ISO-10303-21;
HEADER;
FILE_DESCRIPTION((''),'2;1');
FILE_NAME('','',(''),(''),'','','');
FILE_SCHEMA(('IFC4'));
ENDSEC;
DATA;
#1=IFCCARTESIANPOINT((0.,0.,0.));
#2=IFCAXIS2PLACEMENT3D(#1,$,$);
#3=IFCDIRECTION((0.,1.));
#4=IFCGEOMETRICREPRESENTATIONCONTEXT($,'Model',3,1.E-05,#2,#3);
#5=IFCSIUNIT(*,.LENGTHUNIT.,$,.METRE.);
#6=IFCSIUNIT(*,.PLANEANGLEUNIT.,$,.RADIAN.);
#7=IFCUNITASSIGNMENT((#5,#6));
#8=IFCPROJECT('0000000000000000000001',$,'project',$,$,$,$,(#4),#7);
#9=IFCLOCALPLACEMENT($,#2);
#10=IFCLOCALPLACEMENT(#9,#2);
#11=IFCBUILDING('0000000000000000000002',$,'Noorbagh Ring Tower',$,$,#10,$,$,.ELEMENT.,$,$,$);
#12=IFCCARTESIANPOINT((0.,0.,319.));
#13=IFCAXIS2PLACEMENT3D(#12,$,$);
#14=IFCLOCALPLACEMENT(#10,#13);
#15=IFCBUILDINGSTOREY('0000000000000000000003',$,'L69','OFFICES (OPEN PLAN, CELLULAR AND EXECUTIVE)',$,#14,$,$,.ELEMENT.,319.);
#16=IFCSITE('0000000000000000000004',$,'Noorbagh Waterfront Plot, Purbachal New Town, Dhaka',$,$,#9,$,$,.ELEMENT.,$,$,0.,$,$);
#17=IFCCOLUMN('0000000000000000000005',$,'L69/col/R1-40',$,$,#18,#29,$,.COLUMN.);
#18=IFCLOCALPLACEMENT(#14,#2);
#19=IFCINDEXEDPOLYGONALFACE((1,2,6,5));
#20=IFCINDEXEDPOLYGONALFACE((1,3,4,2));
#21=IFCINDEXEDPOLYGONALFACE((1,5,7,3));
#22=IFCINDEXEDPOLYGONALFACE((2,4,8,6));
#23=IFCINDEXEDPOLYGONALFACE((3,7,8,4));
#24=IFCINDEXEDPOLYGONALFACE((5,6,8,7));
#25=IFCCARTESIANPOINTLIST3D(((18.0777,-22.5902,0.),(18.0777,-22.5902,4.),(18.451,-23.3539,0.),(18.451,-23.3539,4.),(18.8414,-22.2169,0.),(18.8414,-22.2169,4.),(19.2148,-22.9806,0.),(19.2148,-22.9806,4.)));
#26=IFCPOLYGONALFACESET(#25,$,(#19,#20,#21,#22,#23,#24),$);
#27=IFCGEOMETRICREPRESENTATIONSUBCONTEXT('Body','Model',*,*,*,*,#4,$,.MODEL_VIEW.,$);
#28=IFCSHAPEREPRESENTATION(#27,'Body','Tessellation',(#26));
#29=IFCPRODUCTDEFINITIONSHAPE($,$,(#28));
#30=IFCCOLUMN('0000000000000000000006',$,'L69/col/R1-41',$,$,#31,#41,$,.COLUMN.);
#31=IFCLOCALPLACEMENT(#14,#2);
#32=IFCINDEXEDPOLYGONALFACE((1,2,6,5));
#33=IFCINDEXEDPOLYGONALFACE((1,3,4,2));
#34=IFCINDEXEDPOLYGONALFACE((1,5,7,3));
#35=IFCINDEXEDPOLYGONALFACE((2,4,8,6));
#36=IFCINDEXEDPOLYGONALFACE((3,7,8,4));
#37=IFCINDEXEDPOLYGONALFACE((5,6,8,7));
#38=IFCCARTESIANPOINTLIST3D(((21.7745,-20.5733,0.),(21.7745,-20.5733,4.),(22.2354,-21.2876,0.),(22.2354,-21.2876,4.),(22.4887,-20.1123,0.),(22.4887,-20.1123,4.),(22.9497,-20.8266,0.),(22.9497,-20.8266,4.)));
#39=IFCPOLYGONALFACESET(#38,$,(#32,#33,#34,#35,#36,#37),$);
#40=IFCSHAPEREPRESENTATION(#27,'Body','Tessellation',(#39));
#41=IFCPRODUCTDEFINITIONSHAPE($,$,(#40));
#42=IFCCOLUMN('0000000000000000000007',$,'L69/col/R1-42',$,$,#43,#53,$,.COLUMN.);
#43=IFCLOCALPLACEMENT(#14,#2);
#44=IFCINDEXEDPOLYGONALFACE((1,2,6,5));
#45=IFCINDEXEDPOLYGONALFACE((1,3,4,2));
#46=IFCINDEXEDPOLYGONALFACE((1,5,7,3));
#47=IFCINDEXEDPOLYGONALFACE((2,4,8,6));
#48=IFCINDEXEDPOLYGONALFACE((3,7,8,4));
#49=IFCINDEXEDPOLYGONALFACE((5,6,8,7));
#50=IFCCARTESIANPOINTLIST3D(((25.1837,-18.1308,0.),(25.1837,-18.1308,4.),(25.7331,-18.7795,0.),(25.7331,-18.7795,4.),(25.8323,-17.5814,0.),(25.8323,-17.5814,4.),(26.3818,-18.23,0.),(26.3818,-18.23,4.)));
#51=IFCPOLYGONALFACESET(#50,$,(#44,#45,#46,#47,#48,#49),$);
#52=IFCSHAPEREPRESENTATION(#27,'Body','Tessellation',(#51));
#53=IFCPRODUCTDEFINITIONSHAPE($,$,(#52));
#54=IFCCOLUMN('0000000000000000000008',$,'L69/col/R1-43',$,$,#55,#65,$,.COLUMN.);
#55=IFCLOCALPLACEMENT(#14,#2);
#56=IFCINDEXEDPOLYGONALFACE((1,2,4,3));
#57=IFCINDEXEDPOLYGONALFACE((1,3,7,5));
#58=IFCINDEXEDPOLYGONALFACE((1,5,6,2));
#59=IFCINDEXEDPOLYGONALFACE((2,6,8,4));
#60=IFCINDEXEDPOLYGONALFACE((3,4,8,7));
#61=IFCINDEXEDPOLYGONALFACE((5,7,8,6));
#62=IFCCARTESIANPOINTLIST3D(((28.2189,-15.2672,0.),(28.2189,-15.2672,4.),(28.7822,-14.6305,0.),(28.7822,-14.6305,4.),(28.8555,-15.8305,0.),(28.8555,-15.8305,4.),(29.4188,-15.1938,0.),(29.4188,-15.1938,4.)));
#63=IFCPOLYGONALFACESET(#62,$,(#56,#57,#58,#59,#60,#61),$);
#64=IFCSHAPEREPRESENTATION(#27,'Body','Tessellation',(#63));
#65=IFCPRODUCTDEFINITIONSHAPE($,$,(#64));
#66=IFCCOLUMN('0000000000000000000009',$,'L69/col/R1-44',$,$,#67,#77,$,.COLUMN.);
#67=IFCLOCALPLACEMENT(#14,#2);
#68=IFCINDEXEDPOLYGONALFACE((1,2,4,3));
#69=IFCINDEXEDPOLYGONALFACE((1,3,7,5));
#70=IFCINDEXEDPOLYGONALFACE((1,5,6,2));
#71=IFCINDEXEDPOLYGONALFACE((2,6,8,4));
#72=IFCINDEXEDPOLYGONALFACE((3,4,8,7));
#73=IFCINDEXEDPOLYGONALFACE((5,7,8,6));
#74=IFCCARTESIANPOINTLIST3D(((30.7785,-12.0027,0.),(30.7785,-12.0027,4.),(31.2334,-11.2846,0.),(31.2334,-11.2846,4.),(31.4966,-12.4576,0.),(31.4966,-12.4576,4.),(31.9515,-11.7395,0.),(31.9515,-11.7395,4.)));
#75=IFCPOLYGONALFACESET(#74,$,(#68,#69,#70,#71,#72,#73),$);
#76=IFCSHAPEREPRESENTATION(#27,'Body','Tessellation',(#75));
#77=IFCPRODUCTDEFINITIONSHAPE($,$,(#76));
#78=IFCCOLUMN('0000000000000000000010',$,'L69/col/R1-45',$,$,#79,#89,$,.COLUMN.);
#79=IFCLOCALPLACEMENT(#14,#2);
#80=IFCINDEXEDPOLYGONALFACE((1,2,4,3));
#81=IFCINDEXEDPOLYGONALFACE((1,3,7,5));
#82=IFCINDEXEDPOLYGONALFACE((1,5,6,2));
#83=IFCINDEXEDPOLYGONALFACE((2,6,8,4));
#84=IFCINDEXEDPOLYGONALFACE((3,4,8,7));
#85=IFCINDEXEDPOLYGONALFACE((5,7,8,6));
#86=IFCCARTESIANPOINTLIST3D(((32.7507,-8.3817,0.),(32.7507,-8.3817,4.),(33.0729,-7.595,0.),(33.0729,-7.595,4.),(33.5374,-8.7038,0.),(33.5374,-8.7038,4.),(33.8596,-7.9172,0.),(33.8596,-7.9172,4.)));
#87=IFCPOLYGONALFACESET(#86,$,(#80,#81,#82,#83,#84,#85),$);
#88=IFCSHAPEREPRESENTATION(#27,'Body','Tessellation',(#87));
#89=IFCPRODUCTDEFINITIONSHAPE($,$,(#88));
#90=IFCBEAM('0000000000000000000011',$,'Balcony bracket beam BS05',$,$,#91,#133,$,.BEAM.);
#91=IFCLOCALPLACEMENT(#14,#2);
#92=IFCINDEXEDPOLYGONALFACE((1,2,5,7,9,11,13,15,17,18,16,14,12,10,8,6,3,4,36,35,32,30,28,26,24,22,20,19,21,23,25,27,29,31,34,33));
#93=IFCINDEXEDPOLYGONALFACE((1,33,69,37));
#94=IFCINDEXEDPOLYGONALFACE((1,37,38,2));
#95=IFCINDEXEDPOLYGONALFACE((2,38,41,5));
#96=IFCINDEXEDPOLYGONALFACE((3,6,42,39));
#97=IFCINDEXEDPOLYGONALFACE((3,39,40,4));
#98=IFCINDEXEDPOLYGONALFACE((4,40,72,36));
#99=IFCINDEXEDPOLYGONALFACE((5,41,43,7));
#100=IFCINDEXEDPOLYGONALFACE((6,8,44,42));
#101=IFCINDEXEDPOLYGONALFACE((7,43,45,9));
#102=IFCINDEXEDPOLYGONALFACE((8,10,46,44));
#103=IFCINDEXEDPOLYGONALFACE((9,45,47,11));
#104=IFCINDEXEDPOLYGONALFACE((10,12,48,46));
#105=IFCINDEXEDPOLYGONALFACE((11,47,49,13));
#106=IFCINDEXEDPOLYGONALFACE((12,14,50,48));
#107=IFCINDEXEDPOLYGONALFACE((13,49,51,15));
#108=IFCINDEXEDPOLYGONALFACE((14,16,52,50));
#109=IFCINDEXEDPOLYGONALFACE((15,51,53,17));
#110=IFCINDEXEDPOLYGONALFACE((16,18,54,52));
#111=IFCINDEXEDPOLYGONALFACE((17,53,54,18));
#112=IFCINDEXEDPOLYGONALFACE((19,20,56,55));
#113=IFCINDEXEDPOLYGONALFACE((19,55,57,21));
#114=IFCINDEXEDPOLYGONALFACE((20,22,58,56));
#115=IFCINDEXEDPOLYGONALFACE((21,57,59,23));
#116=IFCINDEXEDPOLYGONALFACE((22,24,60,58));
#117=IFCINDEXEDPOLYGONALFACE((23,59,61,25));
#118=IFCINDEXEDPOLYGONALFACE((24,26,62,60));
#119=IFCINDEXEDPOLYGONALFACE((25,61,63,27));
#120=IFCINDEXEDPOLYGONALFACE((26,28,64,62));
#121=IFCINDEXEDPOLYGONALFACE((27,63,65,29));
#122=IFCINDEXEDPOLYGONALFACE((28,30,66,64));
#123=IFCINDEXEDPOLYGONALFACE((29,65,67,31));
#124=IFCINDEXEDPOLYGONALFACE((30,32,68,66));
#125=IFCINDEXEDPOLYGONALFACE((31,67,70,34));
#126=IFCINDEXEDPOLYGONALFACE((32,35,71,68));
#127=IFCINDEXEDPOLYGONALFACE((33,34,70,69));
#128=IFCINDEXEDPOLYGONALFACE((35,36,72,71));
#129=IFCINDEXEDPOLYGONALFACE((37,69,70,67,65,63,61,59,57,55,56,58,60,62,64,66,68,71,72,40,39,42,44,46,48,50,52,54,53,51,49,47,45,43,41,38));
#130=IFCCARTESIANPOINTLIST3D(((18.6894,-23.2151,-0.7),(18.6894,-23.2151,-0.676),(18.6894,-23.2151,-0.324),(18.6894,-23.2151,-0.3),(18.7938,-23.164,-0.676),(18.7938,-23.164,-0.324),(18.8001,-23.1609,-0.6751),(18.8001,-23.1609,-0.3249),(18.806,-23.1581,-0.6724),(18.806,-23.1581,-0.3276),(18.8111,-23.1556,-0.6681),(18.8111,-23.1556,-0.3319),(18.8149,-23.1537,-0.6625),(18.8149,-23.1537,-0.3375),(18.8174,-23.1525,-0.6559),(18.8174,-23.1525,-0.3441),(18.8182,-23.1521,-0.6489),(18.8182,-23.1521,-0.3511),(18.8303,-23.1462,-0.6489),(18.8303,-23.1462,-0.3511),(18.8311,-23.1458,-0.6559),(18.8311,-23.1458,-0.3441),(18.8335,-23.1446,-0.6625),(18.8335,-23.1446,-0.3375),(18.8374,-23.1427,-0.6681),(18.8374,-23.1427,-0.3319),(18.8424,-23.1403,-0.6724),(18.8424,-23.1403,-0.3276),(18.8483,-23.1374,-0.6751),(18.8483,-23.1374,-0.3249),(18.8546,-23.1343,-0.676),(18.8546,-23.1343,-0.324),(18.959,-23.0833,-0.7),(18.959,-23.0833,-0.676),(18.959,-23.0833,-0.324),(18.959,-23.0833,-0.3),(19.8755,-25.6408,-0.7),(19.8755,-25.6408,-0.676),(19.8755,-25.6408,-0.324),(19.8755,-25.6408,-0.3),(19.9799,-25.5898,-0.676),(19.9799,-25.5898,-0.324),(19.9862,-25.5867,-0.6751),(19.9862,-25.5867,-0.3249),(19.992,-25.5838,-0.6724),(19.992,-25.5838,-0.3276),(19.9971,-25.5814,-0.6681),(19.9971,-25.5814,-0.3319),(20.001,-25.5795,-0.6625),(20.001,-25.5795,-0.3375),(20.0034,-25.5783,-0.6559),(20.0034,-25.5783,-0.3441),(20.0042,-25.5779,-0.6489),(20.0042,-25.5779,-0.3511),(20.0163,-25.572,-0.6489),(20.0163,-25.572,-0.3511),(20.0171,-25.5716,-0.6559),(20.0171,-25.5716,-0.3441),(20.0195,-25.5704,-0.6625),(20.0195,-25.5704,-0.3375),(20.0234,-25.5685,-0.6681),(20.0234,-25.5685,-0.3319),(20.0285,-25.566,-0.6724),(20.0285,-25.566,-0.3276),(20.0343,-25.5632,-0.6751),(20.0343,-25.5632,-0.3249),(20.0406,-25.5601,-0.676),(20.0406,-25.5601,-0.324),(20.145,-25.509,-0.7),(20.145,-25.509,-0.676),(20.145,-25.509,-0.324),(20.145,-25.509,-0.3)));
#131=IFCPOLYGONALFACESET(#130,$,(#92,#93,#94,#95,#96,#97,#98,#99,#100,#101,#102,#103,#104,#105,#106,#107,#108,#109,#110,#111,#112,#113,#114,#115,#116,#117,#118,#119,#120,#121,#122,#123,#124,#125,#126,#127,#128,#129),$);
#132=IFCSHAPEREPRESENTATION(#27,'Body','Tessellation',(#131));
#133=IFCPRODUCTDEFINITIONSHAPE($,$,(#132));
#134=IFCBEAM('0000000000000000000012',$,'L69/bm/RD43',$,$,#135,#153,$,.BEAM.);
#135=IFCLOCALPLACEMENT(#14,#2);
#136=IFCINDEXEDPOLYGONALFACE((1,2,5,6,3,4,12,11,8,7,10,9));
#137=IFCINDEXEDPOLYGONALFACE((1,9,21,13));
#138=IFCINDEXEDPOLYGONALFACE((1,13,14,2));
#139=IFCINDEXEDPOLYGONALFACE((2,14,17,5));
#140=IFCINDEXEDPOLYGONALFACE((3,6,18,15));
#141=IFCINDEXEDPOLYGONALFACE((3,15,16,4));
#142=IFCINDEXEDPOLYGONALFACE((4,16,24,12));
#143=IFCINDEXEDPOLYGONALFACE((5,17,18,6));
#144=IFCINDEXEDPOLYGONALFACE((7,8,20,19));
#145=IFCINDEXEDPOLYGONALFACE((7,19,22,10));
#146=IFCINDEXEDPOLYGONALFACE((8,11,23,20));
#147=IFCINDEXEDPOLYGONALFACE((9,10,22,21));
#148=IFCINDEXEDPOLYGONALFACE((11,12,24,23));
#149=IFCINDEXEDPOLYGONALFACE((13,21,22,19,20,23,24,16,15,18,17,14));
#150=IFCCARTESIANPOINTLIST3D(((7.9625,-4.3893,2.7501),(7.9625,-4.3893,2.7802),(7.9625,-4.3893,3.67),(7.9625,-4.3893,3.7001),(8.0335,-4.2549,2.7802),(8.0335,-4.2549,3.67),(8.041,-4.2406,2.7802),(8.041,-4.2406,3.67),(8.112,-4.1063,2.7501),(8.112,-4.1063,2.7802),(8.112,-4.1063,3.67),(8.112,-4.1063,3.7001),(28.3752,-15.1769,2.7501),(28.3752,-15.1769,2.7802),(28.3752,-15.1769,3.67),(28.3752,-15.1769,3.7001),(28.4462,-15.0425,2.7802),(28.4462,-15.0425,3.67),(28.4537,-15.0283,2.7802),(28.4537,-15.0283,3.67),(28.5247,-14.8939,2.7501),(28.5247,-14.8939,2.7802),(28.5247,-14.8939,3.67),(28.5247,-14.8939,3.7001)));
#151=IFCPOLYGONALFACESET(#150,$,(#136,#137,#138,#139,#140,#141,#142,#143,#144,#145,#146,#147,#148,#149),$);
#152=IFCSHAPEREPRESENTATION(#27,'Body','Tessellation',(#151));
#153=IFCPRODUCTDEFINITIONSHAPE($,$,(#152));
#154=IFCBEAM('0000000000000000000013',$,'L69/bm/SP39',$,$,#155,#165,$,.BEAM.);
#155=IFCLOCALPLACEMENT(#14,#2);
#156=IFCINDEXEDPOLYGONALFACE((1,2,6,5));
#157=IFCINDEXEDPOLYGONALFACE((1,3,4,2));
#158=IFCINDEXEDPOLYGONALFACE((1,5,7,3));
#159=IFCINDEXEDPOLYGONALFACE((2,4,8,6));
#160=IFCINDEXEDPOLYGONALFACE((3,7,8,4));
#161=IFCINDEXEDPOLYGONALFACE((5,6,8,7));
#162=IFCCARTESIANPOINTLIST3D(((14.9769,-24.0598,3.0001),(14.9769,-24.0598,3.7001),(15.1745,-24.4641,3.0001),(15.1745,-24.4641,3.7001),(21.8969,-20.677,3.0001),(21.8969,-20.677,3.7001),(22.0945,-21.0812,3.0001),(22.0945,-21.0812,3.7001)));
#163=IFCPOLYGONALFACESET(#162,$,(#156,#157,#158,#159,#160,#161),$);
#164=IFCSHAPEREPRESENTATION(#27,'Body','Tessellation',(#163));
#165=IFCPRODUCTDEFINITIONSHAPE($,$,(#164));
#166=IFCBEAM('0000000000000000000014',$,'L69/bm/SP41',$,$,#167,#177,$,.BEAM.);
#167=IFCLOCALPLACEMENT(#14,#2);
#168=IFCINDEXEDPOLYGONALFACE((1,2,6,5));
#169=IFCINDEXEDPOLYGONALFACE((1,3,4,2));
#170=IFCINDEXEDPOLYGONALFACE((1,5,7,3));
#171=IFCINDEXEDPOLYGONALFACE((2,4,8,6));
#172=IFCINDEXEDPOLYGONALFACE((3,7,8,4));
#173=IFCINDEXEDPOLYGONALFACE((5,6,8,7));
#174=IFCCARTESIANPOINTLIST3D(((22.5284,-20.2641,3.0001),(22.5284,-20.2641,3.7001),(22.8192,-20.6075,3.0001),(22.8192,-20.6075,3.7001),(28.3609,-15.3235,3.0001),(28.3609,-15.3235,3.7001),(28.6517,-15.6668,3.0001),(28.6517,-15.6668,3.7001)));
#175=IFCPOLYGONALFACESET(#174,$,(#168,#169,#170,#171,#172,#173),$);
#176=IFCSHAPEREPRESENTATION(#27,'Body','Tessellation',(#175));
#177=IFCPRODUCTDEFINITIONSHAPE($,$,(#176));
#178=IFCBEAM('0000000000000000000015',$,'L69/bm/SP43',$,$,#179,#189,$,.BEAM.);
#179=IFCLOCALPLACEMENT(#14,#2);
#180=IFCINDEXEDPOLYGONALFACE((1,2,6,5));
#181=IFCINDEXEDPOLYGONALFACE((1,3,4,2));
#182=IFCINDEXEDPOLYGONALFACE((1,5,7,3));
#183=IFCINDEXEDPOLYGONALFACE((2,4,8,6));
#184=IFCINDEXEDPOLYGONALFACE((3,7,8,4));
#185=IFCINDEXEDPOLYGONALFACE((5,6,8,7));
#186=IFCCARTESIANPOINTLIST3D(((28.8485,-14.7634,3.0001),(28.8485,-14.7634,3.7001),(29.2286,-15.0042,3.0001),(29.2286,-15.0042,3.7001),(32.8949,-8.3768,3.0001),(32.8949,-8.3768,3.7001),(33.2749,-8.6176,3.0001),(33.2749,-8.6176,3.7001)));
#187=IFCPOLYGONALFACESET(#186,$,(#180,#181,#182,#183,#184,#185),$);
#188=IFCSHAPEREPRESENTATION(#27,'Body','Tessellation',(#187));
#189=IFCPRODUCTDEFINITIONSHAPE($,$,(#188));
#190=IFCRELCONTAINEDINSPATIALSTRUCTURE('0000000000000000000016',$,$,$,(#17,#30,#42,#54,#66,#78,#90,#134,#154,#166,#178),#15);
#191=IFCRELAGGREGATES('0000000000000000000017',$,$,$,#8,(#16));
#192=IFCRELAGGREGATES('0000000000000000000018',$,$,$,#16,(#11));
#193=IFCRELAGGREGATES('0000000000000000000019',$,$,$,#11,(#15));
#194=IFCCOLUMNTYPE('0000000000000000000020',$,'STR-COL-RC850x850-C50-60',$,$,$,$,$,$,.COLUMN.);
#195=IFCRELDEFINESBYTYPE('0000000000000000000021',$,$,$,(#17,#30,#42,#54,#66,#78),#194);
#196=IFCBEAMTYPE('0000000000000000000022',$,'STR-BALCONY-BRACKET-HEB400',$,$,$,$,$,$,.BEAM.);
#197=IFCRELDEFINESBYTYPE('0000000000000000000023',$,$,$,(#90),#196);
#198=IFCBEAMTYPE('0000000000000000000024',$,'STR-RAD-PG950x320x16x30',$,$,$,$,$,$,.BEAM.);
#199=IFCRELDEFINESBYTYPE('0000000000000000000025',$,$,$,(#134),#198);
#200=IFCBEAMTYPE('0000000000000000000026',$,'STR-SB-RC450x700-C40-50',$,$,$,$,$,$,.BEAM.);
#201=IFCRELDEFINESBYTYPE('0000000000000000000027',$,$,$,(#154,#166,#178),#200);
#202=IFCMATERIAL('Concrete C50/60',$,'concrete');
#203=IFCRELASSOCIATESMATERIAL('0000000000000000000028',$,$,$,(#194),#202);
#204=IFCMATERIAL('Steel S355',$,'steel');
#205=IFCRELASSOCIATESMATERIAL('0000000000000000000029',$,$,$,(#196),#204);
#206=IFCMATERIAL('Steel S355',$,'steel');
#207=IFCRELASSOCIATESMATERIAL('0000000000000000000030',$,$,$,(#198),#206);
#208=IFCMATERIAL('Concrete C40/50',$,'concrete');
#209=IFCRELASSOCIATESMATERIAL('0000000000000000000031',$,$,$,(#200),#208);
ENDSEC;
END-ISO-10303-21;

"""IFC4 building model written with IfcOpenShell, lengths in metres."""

from ifc_helpers import new_model, si_unit, direction, frame, origin, origin_2d, place, context, subcontext, project, spatial, rectangle, i_section, extrude, material, material_profile, profile_set, type_object, element, save


model = new_model("IFC4")

# Units and contexts
model_context = context("Model", 3, precision=1e-05, world=origin(), true_north=direction((0.0, 1.0)))
body_context = subcontext(model_context, "Body", "Model", "MODEL_VIEW")
ifc_project = project(units=[si_unit("LENGTHUNIT", "METRE"), si_unit("PLANEANGLEUNIT", "RADIAN")], contexts=[model_context])

# Site, building, storey
site_placement = place(None, origin())
site = spatial("IfcSite", under=ifc_project, at=site_placement, Name="Noorbagh Waterfront Plot, Purbachal New Town, Dhaka", CompositionType="ELEMENT", RefElevation=0.0)
building_placement = place(site_placement, origin())
building = spatial("IfcBuilding", under=site, at=building_placement, Name="Noorbagh Ring Tower", CompositionType="ELEMENT")
storey_placement = place(building_placement, frame((0.0, 0.0, 319.0)))
storey = spatial("IfcBuildingStorey", under=building, at=storey_placement, Name="L69", Description="OFFICES (OPEN PLAN, CELLULAR AND EXECUTIVE)", CompositionType="ELEMENT", Elevation=319.0)

# Columns
ifc_material_1 = material(Name="Concrete C50/60", Category="concrete")
ifc_material_profile_1 = material_profile(ifc_material_1, rectangle(XDim=0.8501, YDim=0.8501, at=origin_2d()), Name="RC850x850")
ifc_profile_set_1 = profile_set([ifc_material_profile_1], Name="Concrete C50/60")
column_type = type_object("IfcColumnType", Name="STR-COL-RC850x850-C50-60", PredefinedType="COLUMN", material=ifc_profile_set_1)
for number, where, z_axis, x_axis, name in (
    (1, (18.6462, -22.7854, 0.0), (0.0, 0.0, 1.0), (0.898399, 0.43918, 0.0), "L69/col/R1-40"),
    (2, (22.3621, -20.7, 0.0), (0.0, 0.0, 1.0), (0.840248, 0.542203, 0.0), "L69/col/R1-41"),
    (3, (25.7827, -18.1804, 0.0), (0.0, 0.0, 1.0), (0.763035, 0.646357, 0.0), "L69/col/R1-42"),
    (4, (28.8188, -15.2305, 0.0), (0.0, 0.0, 1.0), (0.662636, 0.748942, 0.0), "L69/col/R1-43"),
    (5, (31.365, -11.8711, 0.0), (0.0, 0.0, 1.0), (0.53519, 0.844731, 0.0), "L69/col/R1-44"),
    (6, (33.3052, -8.1494, 0.0), (0.0, 0.0, 1.0), (0.378989, 0.925401, 0.0), "L69/col/R1-45"),
):
    element("IfcColumn", number, at=place(storey_placement, frame(where, z_axis=z_axis, x_axis=x_axis)), inside=storey, type_object=column_type, Name=name, PredefinedType="COLUMN", context=body_context, shape_type="SweptSolid", body=[
        extrude(rectangle(XDim=0.8501, YDim=0.8501, at=origin_2d()), origin(), (0.0, 0.0, 1.0), 4.0),
    ])

# Beams
ifc_material_2 = material(Name="Steel S355", Category="steel")
ifc_material_profile_2 = material_profile(ifc_material_2, i_section(OverallWidth=0.3, OverallDepth=0.3999, WebThickness=0.0134, FlangeThickness=0.0239, FilletRadius=0.0271, at=origin_2d()), Name="HEB400")
ifc_profile_set_2 = profile_set([ifc_material_profile_2], Name="Steel S355")
beam_type_1 = type_object("IfcBeamType", Name="STR-BALCONY-BRACKET-HEB400", PredefinedType="BEAM", material=ifc_profile_set_2)
beam_1_placement = place(storey_placement, frame((18.8242, -23.1492, -0.5), z_axis=(0.439239, -0.89837, 0.0), x_axis=(0.89837, 0.439239, 0.0)))
element("IfcBeam", 7, at=beam_1_placement, inside=storey, type_object=beam_type_1, Name="Balcony bracket beam BS05", PredefinedType="BEAM", context=body_context, shape_type="SweptSolid", body=[
    extrude(i_section(OverallWidth=0.3, OverallDepth=0.3999, WebThickness=0.0134, FlangeThickness=0.0239, FilletRadius=0.0271, at=origin_2d()), origin(), (0.0, 0.0, 1.0), 2.7002),
])
ifc_material_3 = material(Name="Steel S355", Category="steel")
ifc_material_profile_3 = material_profile(ifc_material_3, i_section(OverallWidth=0.3201, OverallDepth=0.95, WebThickness=0.0161, FlangeThickness=0.03, at=origin_2d()), Name="PG950x320x16x30")
ifc_profile_set_3 = profile_set([ifc_material_profile_3], Name="Steel S355")
beam_type_2 = type_object("IfcBeamType", Name="STR-RAD-PG950x320x16x30", PredefinedType="BEAM", material=ifc_profile_set_3)
beam_2_placement = place(storey_placement, frame((28.45, -15.0354, 3.2251), z_axis=(-0.884129, 0.467242, 0.0), x_axis=(-0.467242, -0.884129, 0.0)))
element("IfcBeam", 8, at=beam_2_placement, inside=storey, type_object=beam_type_2, Name="L69/bm/RD43", PredefinedType="BEAM", context=body_context, shape_type="SweptSolid", body=[
    extrude(i_section(OverallWidth=0.3201, OverallDepth=0.95, WebThickness=0.0161, FlangeThickness=0.03, at=origin_2d()), origin(), (0.0, 0.0, 1.0), 23.0879),
])
ifc_material_4 = material(Name="Concrete C40/50", Category="concrete")
ifc_material_profile_4 = material_profile(ifc_material_4, rectangle(XDim=0.45, YDim=0.7, at=origin_2d()), Name="RC450x700")
ifc_profile_set_4 = profile_set([ifc_material_profile_4], Name="Concrete C40/50")
beam_type_3 = type_object("IfcBeamType", Name="STR-SB-RC450x700-C40-50", PredefinedType="BEAM", material=ifc_profile_set_4)
beam_3_placement = place(storey_placement, frame((15.0757, -24.262, 3.3501), z_axis=(0.898398, 0.439183, 0.0), x_axis=(-0.439183, 0.898398, 0.0)))
element("IfcBeam", 9, at=beam_3_placement, inside=storey, type_object=beam_type_3, Name="L69/bm/SP39", PredefinedType="BEAM", context=body_context, shape_type="SweptSolid", body=[
    extrude(rectangle(XDim=0.45, YDim=0.7, at=origin_2d()), origin(), (0.0, 0.0, 1.0), 7.7026),
])
beam_4_placement = place(storey_placement, frame((22.6738, -20.4358, 3.3501), z_axis=(0.763034, 0.646359, 0.0), x_axis=(-0.646359, 0.763034, 0.0)))
element("IfcBeam", 10, at=beam_4_placement, inside=storey, type_object=beam_type_3, Name="L69/bm/SP41", PredefinedType="BEAM", context=body_context, shape_type="SweptSolid", body=[
    extrude(rectangle(XDim=0.45, YDim=0.7, at=origin_2d()), origin(), (0.0, 0.0, 1.0), 7.6438),
])
beam_5_placement = place(storey_placement, frame((29.0386, -14.8838, 3.3501), z_axis=(0.53519, 0.844731, 0.0), x_axis=(-0.844731, 0.53519, 0.0)))
element("IfcBeam", 11, at=beam_5_placement, inside=storey, type_object=beam_type_3, Name="L69/bm/SP43", PredefinedType="BEAM", context=body_context, shape_type="SweptSolid", body=[
    extrude(rectangle(XDim=0.45, YDim=0.7, at=origin_2d()), origin(), (0.0, 0.0, 1.0), 7.5605),
])

save(model, "model.ifc")
